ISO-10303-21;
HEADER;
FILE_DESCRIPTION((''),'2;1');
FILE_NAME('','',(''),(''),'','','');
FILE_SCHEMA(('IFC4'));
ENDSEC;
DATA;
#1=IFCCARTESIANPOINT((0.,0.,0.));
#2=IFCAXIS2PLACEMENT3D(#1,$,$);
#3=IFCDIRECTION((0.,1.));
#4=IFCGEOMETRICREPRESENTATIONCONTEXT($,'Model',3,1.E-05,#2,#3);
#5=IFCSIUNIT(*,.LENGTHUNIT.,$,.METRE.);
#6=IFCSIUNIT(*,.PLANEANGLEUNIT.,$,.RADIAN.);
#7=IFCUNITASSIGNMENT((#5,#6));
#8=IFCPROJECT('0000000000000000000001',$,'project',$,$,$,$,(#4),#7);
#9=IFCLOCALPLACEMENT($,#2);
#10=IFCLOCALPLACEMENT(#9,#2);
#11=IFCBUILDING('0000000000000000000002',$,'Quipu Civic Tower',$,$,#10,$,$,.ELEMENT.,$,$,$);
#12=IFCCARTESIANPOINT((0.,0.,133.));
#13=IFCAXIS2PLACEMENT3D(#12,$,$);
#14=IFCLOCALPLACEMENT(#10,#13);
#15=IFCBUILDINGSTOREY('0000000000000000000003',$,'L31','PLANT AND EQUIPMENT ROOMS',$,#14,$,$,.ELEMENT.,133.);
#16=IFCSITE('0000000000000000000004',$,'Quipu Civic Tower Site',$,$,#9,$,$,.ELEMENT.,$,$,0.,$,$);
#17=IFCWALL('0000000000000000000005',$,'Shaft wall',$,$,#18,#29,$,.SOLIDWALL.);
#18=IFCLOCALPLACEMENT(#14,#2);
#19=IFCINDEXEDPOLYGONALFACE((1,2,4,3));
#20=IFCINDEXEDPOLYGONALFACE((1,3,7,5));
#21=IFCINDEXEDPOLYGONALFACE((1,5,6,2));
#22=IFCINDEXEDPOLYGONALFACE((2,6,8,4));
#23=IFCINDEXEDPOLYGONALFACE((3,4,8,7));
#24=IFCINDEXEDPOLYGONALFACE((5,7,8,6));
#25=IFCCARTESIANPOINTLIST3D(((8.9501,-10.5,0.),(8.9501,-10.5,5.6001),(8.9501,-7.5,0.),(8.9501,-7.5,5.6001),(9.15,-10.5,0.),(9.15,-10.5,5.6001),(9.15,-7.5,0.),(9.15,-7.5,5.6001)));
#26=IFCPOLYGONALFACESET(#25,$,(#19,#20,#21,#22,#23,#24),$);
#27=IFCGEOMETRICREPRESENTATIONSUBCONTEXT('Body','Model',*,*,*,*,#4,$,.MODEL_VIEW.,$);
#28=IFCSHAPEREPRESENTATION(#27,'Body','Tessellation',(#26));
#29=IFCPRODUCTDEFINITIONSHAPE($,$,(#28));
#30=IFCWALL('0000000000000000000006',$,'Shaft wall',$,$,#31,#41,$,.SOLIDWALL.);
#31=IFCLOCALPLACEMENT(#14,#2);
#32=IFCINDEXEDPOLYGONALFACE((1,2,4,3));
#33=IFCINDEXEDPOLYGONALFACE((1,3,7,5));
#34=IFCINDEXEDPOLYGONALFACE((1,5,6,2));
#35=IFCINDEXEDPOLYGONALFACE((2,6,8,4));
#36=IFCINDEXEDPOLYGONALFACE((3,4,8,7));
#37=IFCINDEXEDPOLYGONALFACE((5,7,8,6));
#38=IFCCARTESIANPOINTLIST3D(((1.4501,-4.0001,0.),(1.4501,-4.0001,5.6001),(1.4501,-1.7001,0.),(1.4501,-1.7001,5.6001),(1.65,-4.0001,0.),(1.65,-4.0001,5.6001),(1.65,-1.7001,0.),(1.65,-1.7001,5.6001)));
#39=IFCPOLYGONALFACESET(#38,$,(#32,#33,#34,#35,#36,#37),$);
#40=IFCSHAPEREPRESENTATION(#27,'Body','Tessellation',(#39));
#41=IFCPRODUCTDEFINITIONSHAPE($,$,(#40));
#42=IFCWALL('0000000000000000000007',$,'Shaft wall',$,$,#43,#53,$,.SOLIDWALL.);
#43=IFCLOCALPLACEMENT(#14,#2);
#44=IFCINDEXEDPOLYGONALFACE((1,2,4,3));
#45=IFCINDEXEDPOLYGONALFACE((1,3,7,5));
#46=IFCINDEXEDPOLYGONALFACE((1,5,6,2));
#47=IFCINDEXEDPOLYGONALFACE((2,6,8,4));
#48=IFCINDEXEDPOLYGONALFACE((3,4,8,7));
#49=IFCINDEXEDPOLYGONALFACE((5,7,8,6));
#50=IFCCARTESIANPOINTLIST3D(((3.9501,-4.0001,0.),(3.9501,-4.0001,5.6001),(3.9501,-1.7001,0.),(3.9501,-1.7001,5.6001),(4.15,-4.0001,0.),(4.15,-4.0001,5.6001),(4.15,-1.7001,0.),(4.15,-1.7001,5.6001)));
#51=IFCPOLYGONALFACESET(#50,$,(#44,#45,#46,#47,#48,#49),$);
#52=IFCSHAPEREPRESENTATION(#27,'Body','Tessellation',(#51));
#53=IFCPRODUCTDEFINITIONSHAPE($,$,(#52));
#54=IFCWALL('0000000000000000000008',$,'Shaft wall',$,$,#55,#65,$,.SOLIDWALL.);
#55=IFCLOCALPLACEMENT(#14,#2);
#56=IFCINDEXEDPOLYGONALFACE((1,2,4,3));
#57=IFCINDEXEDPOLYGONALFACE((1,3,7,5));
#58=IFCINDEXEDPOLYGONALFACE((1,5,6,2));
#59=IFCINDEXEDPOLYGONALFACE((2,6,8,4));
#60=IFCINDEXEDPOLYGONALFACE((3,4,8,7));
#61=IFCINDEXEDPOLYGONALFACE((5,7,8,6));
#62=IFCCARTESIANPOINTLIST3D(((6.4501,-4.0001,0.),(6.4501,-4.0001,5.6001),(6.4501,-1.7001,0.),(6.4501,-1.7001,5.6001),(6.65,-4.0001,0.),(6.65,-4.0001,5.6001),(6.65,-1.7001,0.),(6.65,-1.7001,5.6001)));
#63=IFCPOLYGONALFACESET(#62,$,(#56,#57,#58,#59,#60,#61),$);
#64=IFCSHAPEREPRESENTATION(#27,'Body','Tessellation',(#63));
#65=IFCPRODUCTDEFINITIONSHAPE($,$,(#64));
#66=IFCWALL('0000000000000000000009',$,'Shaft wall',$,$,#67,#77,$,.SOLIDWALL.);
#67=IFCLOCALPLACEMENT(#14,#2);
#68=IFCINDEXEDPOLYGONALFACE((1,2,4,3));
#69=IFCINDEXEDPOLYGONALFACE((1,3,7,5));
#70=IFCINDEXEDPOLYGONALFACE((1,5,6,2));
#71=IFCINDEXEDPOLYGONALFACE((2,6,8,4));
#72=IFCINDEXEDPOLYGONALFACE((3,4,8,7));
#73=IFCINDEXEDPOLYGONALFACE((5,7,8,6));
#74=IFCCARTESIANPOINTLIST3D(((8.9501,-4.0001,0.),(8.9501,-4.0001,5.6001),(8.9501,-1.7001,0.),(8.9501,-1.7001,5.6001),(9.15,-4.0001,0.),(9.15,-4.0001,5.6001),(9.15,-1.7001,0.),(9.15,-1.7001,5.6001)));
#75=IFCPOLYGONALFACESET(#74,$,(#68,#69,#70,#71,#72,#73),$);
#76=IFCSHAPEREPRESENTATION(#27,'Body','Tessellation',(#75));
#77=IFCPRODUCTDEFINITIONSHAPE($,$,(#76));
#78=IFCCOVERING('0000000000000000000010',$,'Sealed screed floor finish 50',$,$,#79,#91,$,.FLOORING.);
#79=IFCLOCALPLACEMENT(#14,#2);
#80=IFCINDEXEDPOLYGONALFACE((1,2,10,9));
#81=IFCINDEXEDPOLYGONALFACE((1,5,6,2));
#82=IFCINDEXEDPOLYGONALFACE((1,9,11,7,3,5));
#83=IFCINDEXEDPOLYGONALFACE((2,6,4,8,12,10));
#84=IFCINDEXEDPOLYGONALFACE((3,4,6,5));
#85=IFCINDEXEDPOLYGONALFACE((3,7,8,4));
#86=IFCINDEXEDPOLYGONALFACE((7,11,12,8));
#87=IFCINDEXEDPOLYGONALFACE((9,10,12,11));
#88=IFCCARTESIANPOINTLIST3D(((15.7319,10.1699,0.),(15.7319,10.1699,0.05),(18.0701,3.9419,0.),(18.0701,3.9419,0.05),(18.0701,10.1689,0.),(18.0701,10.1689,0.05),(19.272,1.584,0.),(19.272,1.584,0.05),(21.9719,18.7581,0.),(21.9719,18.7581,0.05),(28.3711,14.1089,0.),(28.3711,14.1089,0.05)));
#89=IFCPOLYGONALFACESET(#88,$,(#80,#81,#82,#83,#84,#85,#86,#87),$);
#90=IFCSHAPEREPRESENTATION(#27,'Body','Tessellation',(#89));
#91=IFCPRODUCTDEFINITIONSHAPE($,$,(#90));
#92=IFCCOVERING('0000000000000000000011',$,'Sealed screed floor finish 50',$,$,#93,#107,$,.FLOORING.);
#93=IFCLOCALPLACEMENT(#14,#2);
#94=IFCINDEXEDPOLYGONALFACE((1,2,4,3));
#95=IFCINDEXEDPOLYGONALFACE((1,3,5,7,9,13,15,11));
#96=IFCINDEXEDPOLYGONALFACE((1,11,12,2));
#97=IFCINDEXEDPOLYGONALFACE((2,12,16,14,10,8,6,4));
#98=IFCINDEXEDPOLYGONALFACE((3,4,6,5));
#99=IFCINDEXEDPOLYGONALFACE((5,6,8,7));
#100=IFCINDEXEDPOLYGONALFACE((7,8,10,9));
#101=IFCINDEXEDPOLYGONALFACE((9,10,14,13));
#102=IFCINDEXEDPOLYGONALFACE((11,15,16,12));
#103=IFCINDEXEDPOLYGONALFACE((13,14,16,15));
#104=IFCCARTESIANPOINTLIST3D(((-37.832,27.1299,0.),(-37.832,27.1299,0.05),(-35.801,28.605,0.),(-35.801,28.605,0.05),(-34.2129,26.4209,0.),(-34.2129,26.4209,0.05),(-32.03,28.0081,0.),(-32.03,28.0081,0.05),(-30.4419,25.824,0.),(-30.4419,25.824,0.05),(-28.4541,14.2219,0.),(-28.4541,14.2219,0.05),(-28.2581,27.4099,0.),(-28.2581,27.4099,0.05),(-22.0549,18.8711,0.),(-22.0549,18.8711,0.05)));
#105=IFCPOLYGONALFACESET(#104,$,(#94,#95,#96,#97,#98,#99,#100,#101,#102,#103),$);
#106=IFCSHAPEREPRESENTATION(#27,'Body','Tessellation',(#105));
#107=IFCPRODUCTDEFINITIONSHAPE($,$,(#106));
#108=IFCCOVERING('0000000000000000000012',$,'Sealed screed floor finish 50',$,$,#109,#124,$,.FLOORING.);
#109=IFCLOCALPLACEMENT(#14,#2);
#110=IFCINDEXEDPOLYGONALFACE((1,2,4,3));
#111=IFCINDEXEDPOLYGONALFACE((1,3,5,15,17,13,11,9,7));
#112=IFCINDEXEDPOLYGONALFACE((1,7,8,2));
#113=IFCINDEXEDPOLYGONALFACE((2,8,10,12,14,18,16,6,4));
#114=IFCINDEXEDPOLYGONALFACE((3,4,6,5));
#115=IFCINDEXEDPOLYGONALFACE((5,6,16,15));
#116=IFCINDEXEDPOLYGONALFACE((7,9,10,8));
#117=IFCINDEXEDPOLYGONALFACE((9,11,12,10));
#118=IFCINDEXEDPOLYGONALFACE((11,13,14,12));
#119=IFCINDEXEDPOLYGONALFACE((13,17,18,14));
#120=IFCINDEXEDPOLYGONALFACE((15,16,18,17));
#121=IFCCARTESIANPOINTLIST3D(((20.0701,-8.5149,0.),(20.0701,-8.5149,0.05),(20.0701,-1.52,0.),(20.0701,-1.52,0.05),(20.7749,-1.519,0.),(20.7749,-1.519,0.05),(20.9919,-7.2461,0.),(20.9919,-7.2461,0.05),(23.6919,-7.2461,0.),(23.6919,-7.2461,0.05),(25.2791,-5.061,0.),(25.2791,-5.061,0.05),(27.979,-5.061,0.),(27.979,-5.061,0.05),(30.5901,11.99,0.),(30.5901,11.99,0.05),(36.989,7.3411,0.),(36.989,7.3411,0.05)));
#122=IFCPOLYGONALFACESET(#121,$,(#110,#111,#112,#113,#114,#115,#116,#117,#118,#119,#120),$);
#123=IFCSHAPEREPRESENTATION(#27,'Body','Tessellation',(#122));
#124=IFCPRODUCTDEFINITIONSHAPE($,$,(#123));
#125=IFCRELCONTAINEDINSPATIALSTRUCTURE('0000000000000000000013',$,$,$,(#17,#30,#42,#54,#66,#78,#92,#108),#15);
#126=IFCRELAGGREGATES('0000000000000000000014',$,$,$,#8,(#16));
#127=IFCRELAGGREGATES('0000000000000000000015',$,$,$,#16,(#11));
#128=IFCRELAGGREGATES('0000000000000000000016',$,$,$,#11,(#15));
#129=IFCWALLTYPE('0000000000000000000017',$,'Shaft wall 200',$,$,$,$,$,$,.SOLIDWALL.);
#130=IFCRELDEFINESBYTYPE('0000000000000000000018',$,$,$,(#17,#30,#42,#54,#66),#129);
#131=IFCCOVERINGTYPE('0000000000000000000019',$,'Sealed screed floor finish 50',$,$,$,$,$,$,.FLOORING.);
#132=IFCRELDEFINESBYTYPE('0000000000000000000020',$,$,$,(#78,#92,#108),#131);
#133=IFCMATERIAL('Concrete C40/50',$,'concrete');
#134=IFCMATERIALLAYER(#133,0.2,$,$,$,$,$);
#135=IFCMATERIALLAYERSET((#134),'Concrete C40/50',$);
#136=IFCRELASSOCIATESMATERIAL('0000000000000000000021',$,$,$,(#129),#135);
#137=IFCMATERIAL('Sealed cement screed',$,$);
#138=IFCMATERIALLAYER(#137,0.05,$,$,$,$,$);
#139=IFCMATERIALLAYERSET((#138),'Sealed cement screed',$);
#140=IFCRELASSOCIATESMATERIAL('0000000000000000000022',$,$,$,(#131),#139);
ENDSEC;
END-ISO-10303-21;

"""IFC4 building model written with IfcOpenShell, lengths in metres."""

from ifc_helpers import new_model, si_unit, direction, frame, frame_2d, origin, place, context, subcontext, project, spatial, polyline, rectangle, outline, extrude, material, layer, layer_set, type_object, element, save


model = new_model("IFC4")

# Units and contexts
model_context = context("Model", 3, precision=1e-05, world=origin(), true_north=direction((0.0, 1.0)))
body_context = subcontext(model_context, "Body", "Model", "MODEL_VIEW")
ifc_project = project(units=[si_unit("LENGTHUNIT", "METRE"), si_unit("PLANEANGLEUNIT", "RADIAN")], contexts=[model_context])

# Site, building, storey
site_placement = place(None, origin())
site = spatial("IfcSite", under=ifc_project, at=site_placement, Name="Quipu Civic Tower Site", CompositionType="ELEMENT", RefElevation=0.0)
building_placement = place(site_placement, origin())
building = spatial("IfcBuilding", under=site, at=building_placement, Name="Quipu Civic Tower", CompositionType="ELEMENT")
storey_placement = place(building_placement, frame((0.0, 0.0, 133.0)))
storey = spatial("IfcBuildingStorey", under=building, at=storey_placement, Name="L31", Description="PLANT AND EQUIPMENT ROOMS", CompositionType="ELEMENT", Elevation=133.0)

# Walls
ifc_material_1 = material(Name="Concrete C40/50", Category="concrete")
ifc_layer_1 = layer(ifc_material_1, 0.2)
ifc_layer_set_1 = layer_set([ifc_layer_1], Name="Concrete C40/50")
wall_type_1 = type_object("IfcWallType", Name="Shaft wall 200", PredefinedType="SOLIDWALL", material=ifc_layer_set_1)
for number, where, z_axis, x_axis, name in (
    (1, (9.05, -10.5, 0.0), (0.0, 0.0, 1.0), (0.0, 1.0, 0.0), "Shaft wall"),
):
    element("IfcWall", number, at=place(storey_placement, frame(where, z_axis=z_axis, x_axis=x_axis)), inside=storey, type_object=wall_type_1, Name=name, PredefinedType="SOLIDWALL", context=body_context, shape_type="SweptSolid", body=[
        extrude(rectangle(XDim=3.0, YDim=0.2, at=frame_2d((1.5, 0.0))), origin(), (0.0, 0.0, 1.0), 5.6001),
    ])
for number, where, z_axis, x_axis, name in (
    (2, (1.55, -4.0, 0.0), (0.0, 0.0, 1.0), (0.0, 1.0, 0.0), "Shaft wall"),
    (3, (4.05, -4.0, 0.0), (0.0, 0.0, 1.0), (0.0, 1.0, 0.0), "Shaft wall"),
    (4, (6.55, -4.0, 0.0), (0.0, 0.0, 1.0), (0.0, 1.0, 0.0), "Shaft wall"),
    (5, (9.05, -4.0, 0.0), (0.0, 0.0, 1.0), (0.0, 1.0, 0.0), "Shaft wall"),
):
    element("IfcWall", number, at=place(storey_placement, frame(where, z_axis=z_axis, x_axis=x_axis)), inside=storey, type_object=wall_type_1, Name=name, PredefinedType="SOLIDWALL", context=body_context, shape_type="SweptSolid", body=[
        extrude(rectangle(XDim=2.3, YDim=0.2, at=frame_2d((1.1499, 0.0))), origin(), (0.0, 0.0, 1.0), 5.6001),
    ])

# Coverings
ifc_material_2 = material(Name="Sealed cement screed")
ifc_layer_2 = layer(ifc_material_2, 0.05)
ifc_layer_set_2 = layer_set([ifc_layer_2], Name="Sealed cement screed")
covering_type_1 = type_object("IfcCoveringType", Name="Sealed screed floor finish 50", PredefinedType="FLOORING", material=ifc_layer_set_2)
covering_1_placement = place(storey_placement, origin())
element("IfcCovering", 6, at=covering_1_placement, inside=storey, type_object=covering_type_1, Name="Sealed screed floor finish 50", PredefinedType="FLOORING", context=body_context, shape_type="SweptSolid", body=[
    extrude(outline(polyline([(15.7319, 10.1699), (21.9719, 18.7581), (28.3711, 14.1089), (19.272, 1.584), (18.0701, 3.9419), (18.0701, 10.1689), (15.7319, 10.1699)])), origin(), (0.0, 0.0, 1.0), 0.05),
])
covering_2_placement = place(storey_placement, origin())
element("IfcCovering", 7, at=covering_2_placement, inside=storey, type_object=covering_type_1, Name="Sealed screed floor finish 50", PredefinedType="FLOORING", context=body_context, shape_type="SweptSolid", body=[
    extrude(outline(polyline([(-37.832, 27.1299), (-35.801, 28.605), (-34.2129, 26.4209), (-32.03, 28.0081), (-30.4419, 25.824), (-28.2581, 27.4099), (-22.0549, 18.8711), (-28.4541, 14.2219), (-37.832, 27.1299)])), origin(), (0.0, 0.0, 1.0), 0.05),
])
covering_3_placement = place(storey_placement, origin())
element("IfcCovering", 8, at=covering_3_placement, inside=storey, type_object=covering_type_1, Name="Sealed screed floor finish 50", PredefinedType="FLOORING", context=body_context, shape_type="SweptSolid", body=[
    extrude(outline(polyline([(20.0701, -8.5149), (20.0701, -1.52), (20.7749, -1.519), (30.5901, 11.99), (36.989, 7.3411), (27.979, -5.061), (25.2791, -5.061), (23.6919, -7.2461), (20.9919, -7.2461), (20.0701, -8.5149)])), origin(), (0.0, 0.0, 1.0), 0.05),
])

save(model, "model.ifc")
